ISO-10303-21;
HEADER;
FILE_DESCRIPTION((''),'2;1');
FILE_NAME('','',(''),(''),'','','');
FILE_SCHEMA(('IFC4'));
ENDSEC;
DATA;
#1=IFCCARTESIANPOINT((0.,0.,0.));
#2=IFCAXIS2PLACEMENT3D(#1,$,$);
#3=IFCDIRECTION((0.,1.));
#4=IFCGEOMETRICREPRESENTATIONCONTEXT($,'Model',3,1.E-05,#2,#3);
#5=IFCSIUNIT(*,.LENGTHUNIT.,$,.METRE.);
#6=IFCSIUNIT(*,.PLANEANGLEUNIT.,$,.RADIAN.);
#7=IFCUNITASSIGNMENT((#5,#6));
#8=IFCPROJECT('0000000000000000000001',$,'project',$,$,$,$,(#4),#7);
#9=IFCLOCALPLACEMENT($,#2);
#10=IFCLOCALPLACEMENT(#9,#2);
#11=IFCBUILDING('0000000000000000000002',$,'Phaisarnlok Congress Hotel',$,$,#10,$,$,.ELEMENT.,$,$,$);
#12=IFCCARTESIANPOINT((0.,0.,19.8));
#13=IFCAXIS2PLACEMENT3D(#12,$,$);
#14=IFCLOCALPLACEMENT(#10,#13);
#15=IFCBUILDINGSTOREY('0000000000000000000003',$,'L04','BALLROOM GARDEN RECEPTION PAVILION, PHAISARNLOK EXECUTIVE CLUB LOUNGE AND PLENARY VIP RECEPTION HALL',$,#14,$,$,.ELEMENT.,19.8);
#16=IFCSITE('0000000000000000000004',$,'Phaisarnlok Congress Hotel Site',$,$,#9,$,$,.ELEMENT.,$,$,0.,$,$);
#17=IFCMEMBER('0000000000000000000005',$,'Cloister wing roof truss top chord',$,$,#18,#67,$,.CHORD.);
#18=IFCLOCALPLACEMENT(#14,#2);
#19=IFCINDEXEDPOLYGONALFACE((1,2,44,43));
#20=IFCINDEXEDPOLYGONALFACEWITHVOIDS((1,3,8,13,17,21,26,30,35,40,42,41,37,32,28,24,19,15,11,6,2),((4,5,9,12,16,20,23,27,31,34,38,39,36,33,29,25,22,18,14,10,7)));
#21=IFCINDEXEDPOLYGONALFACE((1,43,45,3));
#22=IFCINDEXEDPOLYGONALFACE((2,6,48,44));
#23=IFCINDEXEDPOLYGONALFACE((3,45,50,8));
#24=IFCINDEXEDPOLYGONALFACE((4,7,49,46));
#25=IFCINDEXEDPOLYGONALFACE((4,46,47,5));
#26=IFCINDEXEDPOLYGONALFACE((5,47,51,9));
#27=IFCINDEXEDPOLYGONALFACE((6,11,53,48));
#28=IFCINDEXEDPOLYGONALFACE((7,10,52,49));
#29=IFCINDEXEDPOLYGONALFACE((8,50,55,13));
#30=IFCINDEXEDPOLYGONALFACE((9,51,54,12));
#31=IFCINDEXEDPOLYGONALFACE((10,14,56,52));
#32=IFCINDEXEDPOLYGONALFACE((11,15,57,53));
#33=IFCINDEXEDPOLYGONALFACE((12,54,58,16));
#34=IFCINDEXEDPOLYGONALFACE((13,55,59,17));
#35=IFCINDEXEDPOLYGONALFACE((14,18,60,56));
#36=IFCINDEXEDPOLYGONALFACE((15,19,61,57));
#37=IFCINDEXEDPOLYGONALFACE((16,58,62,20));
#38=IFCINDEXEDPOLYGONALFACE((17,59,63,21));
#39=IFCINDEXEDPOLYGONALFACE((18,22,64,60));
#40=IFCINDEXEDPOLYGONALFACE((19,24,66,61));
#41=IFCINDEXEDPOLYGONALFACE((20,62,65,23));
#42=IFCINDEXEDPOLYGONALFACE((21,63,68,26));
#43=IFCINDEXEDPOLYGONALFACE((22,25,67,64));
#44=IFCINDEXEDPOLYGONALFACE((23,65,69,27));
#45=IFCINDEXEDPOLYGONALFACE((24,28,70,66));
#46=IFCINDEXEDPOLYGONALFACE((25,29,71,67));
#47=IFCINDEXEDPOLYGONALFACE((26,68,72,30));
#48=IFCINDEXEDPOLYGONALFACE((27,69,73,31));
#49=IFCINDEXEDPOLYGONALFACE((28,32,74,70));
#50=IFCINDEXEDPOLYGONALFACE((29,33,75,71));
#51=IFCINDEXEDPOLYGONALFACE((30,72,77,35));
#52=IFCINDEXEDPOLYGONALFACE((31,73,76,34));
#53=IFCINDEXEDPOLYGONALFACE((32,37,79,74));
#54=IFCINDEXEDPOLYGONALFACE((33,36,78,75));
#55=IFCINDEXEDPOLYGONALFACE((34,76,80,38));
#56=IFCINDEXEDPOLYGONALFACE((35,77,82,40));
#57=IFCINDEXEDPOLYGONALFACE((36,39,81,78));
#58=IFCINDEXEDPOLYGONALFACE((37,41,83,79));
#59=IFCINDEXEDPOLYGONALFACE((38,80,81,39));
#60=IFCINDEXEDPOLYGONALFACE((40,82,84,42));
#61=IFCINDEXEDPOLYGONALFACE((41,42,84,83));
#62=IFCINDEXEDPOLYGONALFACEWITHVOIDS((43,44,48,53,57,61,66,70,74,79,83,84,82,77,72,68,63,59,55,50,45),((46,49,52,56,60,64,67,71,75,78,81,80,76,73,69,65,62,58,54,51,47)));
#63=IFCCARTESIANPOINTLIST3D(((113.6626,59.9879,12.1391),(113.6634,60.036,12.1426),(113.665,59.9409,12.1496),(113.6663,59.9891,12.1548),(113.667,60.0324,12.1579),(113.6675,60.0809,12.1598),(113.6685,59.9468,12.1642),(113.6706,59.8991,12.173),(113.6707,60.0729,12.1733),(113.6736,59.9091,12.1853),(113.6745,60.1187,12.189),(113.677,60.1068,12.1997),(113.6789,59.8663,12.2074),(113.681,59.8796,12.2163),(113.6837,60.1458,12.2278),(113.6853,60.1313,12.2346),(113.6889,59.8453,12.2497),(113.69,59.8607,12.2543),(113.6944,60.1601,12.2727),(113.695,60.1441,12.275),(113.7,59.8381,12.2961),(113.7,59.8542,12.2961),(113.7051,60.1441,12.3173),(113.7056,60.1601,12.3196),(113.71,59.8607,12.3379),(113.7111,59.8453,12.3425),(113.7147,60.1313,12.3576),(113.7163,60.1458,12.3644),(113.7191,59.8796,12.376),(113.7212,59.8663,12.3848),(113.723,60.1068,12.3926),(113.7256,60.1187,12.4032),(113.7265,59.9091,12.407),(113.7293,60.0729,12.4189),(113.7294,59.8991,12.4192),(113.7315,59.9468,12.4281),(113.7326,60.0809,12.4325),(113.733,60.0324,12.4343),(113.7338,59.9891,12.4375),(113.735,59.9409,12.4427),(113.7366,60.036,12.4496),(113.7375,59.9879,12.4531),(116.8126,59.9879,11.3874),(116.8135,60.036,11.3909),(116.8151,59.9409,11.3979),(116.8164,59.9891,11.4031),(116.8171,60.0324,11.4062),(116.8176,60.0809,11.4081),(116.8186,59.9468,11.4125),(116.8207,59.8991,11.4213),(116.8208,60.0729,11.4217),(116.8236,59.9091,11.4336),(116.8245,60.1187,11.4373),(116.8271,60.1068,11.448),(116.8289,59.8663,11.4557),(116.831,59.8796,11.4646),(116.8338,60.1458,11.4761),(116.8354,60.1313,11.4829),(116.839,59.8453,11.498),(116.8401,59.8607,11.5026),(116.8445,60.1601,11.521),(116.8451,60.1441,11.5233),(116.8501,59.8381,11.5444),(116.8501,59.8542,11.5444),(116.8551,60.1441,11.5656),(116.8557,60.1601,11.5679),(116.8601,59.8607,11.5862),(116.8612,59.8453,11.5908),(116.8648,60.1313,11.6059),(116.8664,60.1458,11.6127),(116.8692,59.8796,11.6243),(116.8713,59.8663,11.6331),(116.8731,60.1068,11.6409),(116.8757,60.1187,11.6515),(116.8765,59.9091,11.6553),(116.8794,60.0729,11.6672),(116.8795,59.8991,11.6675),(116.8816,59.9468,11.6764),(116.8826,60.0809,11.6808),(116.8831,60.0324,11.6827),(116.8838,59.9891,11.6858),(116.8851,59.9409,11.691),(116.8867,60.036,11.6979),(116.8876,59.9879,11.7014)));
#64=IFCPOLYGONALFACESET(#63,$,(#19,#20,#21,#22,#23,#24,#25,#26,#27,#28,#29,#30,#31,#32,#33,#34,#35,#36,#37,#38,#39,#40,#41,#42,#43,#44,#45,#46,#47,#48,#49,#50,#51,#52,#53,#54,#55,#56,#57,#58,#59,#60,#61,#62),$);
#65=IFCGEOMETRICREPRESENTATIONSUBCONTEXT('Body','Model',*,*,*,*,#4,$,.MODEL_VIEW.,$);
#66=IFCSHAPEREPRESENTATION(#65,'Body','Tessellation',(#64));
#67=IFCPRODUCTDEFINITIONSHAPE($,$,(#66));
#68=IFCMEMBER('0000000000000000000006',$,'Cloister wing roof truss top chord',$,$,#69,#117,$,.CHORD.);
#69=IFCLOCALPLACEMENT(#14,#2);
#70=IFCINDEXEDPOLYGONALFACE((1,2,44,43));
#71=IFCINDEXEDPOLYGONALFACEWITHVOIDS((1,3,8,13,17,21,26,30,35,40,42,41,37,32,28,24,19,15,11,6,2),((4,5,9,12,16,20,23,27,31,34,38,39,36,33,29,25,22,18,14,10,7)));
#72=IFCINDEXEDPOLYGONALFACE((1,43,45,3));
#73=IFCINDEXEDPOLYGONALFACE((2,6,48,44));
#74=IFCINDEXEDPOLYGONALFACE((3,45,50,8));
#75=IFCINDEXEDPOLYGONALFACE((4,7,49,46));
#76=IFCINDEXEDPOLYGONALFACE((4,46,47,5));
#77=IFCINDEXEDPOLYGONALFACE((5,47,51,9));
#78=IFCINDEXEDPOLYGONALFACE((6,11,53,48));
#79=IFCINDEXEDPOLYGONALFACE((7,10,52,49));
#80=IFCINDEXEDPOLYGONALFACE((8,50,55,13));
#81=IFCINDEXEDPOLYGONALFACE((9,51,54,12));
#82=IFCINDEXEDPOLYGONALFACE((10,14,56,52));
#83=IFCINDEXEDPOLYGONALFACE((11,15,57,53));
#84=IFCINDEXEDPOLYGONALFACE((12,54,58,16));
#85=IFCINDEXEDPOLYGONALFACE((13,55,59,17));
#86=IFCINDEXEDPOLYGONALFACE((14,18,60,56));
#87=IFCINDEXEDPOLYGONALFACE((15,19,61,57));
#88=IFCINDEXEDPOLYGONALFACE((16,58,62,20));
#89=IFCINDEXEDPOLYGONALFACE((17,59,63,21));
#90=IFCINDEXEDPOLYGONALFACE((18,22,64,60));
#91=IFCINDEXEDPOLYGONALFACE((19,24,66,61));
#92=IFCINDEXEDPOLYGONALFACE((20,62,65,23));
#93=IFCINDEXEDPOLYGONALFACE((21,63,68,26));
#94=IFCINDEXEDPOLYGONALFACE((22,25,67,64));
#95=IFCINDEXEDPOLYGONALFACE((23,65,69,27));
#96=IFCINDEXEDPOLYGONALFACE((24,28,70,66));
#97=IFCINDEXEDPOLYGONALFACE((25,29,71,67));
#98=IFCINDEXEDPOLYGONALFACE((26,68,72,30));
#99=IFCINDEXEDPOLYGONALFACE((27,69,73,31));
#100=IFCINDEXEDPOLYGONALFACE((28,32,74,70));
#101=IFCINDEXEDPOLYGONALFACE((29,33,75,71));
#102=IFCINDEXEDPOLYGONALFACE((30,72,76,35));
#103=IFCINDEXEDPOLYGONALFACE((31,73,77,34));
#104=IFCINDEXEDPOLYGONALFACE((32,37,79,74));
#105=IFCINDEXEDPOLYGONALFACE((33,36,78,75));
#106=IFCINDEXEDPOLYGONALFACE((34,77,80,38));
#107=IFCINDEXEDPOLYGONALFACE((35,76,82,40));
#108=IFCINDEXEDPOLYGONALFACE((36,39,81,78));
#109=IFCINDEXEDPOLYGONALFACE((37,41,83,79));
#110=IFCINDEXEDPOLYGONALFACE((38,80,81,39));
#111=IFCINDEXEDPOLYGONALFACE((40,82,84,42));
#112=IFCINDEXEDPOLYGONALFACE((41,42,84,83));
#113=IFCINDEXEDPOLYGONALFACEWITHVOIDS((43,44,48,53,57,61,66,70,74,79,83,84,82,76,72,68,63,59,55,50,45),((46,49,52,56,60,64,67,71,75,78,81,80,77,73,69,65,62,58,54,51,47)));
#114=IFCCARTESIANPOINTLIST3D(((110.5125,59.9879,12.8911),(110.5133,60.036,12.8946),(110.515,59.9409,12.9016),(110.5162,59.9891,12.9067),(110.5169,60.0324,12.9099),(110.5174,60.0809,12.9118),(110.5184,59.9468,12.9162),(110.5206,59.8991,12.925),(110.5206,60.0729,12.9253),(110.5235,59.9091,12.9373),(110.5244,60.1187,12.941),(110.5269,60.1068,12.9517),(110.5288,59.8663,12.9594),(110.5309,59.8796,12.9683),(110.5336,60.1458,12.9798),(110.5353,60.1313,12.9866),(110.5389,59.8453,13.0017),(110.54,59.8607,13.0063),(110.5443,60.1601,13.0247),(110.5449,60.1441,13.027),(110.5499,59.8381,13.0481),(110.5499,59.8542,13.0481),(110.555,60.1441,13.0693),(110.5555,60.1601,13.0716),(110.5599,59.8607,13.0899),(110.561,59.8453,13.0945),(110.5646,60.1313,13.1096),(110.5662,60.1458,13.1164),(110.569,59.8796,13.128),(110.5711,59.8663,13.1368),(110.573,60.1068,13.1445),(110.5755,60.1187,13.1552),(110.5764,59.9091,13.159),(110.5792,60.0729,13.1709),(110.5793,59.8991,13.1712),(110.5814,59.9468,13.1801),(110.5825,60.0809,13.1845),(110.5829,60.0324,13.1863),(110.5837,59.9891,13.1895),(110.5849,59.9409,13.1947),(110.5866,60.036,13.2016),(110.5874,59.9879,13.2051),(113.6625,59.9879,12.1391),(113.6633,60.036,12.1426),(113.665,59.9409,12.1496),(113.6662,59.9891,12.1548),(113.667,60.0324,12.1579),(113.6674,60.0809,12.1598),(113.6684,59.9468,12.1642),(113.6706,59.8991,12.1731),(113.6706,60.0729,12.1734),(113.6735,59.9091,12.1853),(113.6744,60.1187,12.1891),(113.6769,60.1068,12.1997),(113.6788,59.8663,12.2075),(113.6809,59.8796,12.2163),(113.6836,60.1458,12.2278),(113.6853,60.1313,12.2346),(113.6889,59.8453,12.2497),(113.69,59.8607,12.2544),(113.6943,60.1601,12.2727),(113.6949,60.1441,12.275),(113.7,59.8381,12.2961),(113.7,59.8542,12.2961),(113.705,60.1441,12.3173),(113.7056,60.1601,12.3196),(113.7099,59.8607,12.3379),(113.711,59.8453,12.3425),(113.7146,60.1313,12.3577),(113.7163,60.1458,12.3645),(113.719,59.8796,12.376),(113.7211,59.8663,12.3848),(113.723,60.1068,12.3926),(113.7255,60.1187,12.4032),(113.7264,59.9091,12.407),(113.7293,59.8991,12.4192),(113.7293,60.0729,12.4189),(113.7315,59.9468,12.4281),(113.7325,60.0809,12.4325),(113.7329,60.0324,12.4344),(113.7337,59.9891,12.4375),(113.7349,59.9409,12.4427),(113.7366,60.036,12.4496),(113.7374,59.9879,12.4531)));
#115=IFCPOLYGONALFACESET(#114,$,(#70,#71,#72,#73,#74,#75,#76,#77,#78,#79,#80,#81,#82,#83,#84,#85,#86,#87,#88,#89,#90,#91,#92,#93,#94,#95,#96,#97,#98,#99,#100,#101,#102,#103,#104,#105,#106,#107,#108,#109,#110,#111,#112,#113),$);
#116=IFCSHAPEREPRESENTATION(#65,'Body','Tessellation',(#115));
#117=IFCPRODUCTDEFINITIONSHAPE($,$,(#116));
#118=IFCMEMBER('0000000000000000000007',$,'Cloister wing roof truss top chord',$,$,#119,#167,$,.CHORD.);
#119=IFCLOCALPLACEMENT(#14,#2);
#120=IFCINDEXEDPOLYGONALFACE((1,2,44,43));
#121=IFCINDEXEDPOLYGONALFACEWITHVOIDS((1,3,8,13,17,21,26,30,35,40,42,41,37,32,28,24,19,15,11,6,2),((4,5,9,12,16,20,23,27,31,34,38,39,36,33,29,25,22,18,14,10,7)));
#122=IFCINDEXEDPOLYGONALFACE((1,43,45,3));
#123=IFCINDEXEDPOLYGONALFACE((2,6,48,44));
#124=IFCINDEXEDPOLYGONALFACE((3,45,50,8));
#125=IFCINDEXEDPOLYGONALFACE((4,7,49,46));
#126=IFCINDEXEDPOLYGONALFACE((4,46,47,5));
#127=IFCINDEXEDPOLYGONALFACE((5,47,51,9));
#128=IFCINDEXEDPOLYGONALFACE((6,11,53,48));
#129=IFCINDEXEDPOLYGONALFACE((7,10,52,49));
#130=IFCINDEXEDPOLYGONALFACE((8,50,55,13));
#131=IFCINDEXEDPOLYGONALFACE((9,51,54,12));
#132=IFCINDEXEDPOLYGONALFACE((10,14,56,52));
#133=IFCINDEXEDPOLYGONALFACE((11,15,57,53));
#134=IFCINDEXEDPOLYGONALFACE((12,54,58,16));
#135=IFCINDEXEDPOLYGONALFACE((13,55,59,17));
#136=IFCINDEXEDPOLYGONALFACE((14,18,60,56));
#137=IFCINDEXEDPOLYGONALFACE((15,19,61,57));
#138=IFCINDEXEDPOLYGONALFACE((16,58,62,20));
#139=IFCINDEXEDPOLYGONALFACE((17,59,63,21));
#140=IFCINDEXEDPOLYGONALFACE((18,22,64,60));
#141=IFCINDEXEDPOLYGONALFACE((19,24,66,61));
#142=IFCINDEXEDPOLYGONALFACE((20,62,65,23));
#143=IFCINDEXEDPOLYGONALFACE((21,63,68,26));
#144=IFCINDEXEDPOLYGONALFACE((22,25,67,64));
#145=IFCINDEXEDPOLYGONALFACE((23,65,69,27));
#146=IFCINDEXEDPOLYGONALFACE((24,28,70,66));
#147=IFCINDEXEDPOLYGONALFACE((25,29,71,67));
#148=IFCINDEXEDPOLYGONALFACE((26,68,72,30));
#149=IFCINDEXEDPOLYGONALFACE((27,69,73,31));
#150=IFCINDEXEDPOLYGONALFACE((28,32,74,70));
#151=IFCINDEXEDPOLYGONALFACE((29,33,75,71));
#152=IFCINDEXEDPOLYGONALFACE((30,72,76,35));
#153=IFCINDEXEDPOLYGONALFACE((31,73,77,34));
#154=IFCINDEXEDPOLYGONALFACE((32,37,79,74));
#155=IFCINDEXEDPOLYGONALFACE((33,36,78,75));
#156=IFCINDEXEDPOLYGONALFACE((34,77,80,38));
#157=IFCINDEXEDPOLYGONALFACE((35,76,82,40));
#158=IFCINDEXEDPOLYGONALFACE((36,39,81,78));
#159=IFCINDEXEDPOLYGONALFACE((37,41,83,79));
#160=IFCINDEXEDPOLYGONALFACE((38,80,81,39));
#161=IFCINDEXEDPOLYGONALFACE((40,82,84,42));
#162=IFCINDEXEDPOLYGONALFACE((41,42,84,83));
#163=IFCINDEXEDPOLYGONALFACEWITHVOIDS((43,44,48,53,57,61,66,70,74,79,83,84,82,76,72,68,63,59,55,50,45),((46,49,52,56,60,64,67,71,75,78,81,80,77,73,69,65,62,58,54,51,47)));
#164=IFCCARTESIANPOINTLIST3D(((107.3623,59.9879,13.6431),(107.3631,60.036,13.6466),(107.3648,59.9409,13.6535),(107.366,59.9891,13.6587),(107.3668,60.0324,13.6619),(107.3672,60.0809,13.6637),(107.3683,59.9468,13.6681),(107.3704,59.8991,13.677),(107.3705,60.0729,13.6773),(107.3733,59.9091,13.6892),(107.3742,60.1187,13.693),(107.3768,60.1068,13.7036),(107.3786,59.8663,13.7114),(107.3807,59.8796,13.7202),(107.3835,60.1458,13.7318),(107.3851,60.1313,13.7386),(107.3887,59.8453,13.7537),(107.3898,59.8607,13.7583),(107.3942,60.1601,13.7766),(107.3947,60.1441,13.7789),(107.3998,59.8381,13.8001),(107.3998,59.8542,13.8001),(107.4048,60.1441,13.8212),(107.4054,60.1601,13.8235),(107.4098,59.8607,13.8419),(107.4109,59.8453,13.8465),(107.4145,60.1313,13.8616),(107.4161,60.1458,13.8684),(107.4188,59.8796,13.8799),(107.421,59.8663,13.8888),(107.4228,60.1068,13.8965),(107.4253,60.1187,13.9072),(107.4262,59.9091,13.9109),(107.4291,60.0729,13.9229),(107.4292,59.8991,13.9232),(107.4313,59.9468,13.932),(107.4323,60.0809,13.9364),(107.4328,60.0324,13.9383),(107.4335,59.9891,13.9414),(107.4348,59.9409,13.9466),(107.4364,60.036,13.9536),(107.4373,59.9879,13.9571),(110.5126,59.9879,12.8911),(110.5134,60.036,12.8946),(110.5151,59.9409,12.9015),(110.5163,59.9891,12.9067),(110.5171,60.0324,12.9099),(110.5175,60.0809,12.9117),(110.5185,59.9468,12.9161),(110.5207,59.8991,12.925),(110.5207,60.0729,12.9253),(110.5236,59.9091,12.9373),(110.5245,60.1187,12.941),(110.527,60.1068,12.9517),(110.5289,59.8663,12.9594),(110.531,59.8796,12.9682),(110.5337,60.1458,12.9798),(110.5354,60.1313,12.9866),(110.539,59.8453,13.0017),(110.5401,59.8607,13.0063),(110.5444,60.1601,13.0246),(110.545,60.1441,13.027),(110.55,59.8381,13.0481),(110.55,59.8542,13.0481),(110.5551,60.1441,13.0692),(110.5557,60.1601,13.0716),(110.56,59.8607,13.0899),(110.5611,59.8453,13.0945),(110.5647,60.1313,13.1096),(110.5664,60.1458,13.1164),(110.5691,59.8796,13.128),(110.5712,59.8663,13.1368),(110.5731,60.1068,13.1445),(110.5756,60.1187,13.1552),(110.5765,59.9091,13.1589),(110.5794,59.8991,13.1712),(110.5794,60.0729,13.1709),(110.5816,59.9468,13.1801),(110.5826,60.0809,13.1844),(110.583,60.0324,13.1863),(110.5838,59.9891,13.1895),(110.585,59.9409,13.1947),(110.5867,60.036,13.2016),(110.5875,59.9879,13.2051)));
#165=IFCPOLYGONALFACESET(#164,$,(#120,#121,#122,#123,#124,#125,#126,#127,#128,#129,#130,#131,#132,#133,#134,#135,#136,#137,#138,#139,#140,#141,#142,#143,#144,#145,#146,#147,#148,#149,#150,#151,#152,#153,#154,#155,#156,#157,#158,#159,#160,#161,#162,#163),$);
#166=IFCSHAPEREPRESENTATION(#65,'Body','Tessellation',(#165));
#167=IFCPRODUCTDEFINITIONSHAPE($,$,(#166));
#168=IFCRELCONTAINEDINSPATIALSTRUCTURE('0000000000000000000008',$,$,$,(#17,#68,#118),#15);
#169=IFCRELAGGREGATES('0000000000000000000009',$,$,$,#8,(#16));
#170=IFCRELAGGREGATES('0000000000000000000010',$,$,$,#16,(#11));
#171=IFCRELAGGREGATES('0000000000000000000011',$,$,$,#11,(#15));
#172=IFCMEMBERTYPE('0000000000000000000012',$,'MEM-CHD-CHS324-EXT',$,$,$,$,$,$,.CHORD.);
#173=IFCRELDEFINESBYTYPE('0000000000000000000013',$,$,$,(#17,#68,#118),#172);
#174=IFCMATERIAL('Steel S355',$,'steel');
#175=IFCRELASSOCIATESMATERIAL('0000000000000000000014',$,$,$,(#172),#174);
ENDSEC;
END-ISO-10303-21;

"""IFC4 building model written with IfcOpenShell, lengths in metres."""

from ifc_helpers import new_model, si_unit, direction, frame, origin, origin_2d, place, context, subcontext, project, spatial, hollow_circle, extrude, material, material_profile, profile_set, type_object, element, save


model = new_model("IFC4")

# Units and contexts
model_context = context("Model", 3, precision=1e-05, world=origin(), true_north=direction((0.0, 1.0)))
body_context = subcontext(model_context, "Body", "Model", "MODEL_VIEW")
ifc_project = project(units=[si_unit("LENGTHUNIT", "METRE"), si_unit("PLANEANGLEUNIT", "RADIAN")], contexts=[model_context])

# Site, building, storey
site_placement = place(None, origin())
site = spatial("IfcSite", under=ifc_project, at=site_placement, Name="Phaisarnlok Congress Hotel Site", CompositionType="ELEMENT", RefElevation=0.0)
building_placement = place(site_placement, origin())
building = spatial("IfcBuilding", under=site, at=building_placement, Name="Phaisarnlok Congress Hotel", CompositionType="ELEMENT")
storey_placement = place(building_placement, frame((0.0, 0.0, 19.8)))
storey = spatial("IfcBuildingStorey", under=building, at=storey_placement, Name="L04", Description="BALLROOM GARDEN RECEPTION PAVILION, PHAISARNLOK EXECUTIVE CLUB LOUNGE AND PLENARY VIP RECEPTION HALL", CompositionType="ELEMENT", Elevation=19.8)

# Shared definitions
ifc_material_1 = material(Name="Steel S355", Category="steel")

# Members
ifc_material_profile_1 = material_profile(ifc_material_1, hollow_circle(Radius=0.1619, WallThickness=0.0161, at=origin_2d()), Name="CHS 323.9x16")
ifc_profile_set_1 = profile_set([ifc_material_profile_1], Name="Steel S355")
member_type_1 = type_object("IfcMemberType", Name="MEM-CHD-CHS324-EXT", PredefinedType="CHORD", material=ifc_profile_set_1)
for number, where, z_axis, x_axis, name in (
    (1, (116.8501, 60.0, 11.5444), (-0.97269, 0.0, 0.23211), (0.0, -1.0, 0.0), "Cloister wing roof truss top chord"),
    (2, (113.7, 60.0, 12.2961), (-0.972669, 0.0, 0.232198), (0.0, -1.0, 0.0), "Cloister wing roof truss top chord"),
):
    element("IfcMember", number, at=place(storey_placement, frame(where, z_axis=z_axis, x_axis=x_axis)), inside=storey, type_object=member_type_1, Name=name, PredefinedType="CHORD", context=body_context, shape_type="SweptSolid", body=[
        extrude(hollow_circle(Radius=0.1619, WallThickness=0.0161, at=origin_2d()), origin(), (0.0, 0.0, 1.0), 3.2385),
    ])
member_1_placement = place(storey_placement, frame((110.55, 60.0, 13.0481), z_axis=(-0.972673, 0.0, 0.232181), x_axis=(0.0, -1.0, 0.0)))
element("IfcMember", 3, at=member_1_placement, inside=storey, type_object=member_type_1, Name="Cloister wing roof truss top chord", PredefinedType="CHORD", context=body_context, shape_type="SweptSolid", body=[
    extrude(hollow_circle(Radius=0.1619, WallThickness=0.0161, at=origin_2d()), origin(), (0.0, 0.0, 1.0), 3.2388),
])

save(model, "model.ifc")
